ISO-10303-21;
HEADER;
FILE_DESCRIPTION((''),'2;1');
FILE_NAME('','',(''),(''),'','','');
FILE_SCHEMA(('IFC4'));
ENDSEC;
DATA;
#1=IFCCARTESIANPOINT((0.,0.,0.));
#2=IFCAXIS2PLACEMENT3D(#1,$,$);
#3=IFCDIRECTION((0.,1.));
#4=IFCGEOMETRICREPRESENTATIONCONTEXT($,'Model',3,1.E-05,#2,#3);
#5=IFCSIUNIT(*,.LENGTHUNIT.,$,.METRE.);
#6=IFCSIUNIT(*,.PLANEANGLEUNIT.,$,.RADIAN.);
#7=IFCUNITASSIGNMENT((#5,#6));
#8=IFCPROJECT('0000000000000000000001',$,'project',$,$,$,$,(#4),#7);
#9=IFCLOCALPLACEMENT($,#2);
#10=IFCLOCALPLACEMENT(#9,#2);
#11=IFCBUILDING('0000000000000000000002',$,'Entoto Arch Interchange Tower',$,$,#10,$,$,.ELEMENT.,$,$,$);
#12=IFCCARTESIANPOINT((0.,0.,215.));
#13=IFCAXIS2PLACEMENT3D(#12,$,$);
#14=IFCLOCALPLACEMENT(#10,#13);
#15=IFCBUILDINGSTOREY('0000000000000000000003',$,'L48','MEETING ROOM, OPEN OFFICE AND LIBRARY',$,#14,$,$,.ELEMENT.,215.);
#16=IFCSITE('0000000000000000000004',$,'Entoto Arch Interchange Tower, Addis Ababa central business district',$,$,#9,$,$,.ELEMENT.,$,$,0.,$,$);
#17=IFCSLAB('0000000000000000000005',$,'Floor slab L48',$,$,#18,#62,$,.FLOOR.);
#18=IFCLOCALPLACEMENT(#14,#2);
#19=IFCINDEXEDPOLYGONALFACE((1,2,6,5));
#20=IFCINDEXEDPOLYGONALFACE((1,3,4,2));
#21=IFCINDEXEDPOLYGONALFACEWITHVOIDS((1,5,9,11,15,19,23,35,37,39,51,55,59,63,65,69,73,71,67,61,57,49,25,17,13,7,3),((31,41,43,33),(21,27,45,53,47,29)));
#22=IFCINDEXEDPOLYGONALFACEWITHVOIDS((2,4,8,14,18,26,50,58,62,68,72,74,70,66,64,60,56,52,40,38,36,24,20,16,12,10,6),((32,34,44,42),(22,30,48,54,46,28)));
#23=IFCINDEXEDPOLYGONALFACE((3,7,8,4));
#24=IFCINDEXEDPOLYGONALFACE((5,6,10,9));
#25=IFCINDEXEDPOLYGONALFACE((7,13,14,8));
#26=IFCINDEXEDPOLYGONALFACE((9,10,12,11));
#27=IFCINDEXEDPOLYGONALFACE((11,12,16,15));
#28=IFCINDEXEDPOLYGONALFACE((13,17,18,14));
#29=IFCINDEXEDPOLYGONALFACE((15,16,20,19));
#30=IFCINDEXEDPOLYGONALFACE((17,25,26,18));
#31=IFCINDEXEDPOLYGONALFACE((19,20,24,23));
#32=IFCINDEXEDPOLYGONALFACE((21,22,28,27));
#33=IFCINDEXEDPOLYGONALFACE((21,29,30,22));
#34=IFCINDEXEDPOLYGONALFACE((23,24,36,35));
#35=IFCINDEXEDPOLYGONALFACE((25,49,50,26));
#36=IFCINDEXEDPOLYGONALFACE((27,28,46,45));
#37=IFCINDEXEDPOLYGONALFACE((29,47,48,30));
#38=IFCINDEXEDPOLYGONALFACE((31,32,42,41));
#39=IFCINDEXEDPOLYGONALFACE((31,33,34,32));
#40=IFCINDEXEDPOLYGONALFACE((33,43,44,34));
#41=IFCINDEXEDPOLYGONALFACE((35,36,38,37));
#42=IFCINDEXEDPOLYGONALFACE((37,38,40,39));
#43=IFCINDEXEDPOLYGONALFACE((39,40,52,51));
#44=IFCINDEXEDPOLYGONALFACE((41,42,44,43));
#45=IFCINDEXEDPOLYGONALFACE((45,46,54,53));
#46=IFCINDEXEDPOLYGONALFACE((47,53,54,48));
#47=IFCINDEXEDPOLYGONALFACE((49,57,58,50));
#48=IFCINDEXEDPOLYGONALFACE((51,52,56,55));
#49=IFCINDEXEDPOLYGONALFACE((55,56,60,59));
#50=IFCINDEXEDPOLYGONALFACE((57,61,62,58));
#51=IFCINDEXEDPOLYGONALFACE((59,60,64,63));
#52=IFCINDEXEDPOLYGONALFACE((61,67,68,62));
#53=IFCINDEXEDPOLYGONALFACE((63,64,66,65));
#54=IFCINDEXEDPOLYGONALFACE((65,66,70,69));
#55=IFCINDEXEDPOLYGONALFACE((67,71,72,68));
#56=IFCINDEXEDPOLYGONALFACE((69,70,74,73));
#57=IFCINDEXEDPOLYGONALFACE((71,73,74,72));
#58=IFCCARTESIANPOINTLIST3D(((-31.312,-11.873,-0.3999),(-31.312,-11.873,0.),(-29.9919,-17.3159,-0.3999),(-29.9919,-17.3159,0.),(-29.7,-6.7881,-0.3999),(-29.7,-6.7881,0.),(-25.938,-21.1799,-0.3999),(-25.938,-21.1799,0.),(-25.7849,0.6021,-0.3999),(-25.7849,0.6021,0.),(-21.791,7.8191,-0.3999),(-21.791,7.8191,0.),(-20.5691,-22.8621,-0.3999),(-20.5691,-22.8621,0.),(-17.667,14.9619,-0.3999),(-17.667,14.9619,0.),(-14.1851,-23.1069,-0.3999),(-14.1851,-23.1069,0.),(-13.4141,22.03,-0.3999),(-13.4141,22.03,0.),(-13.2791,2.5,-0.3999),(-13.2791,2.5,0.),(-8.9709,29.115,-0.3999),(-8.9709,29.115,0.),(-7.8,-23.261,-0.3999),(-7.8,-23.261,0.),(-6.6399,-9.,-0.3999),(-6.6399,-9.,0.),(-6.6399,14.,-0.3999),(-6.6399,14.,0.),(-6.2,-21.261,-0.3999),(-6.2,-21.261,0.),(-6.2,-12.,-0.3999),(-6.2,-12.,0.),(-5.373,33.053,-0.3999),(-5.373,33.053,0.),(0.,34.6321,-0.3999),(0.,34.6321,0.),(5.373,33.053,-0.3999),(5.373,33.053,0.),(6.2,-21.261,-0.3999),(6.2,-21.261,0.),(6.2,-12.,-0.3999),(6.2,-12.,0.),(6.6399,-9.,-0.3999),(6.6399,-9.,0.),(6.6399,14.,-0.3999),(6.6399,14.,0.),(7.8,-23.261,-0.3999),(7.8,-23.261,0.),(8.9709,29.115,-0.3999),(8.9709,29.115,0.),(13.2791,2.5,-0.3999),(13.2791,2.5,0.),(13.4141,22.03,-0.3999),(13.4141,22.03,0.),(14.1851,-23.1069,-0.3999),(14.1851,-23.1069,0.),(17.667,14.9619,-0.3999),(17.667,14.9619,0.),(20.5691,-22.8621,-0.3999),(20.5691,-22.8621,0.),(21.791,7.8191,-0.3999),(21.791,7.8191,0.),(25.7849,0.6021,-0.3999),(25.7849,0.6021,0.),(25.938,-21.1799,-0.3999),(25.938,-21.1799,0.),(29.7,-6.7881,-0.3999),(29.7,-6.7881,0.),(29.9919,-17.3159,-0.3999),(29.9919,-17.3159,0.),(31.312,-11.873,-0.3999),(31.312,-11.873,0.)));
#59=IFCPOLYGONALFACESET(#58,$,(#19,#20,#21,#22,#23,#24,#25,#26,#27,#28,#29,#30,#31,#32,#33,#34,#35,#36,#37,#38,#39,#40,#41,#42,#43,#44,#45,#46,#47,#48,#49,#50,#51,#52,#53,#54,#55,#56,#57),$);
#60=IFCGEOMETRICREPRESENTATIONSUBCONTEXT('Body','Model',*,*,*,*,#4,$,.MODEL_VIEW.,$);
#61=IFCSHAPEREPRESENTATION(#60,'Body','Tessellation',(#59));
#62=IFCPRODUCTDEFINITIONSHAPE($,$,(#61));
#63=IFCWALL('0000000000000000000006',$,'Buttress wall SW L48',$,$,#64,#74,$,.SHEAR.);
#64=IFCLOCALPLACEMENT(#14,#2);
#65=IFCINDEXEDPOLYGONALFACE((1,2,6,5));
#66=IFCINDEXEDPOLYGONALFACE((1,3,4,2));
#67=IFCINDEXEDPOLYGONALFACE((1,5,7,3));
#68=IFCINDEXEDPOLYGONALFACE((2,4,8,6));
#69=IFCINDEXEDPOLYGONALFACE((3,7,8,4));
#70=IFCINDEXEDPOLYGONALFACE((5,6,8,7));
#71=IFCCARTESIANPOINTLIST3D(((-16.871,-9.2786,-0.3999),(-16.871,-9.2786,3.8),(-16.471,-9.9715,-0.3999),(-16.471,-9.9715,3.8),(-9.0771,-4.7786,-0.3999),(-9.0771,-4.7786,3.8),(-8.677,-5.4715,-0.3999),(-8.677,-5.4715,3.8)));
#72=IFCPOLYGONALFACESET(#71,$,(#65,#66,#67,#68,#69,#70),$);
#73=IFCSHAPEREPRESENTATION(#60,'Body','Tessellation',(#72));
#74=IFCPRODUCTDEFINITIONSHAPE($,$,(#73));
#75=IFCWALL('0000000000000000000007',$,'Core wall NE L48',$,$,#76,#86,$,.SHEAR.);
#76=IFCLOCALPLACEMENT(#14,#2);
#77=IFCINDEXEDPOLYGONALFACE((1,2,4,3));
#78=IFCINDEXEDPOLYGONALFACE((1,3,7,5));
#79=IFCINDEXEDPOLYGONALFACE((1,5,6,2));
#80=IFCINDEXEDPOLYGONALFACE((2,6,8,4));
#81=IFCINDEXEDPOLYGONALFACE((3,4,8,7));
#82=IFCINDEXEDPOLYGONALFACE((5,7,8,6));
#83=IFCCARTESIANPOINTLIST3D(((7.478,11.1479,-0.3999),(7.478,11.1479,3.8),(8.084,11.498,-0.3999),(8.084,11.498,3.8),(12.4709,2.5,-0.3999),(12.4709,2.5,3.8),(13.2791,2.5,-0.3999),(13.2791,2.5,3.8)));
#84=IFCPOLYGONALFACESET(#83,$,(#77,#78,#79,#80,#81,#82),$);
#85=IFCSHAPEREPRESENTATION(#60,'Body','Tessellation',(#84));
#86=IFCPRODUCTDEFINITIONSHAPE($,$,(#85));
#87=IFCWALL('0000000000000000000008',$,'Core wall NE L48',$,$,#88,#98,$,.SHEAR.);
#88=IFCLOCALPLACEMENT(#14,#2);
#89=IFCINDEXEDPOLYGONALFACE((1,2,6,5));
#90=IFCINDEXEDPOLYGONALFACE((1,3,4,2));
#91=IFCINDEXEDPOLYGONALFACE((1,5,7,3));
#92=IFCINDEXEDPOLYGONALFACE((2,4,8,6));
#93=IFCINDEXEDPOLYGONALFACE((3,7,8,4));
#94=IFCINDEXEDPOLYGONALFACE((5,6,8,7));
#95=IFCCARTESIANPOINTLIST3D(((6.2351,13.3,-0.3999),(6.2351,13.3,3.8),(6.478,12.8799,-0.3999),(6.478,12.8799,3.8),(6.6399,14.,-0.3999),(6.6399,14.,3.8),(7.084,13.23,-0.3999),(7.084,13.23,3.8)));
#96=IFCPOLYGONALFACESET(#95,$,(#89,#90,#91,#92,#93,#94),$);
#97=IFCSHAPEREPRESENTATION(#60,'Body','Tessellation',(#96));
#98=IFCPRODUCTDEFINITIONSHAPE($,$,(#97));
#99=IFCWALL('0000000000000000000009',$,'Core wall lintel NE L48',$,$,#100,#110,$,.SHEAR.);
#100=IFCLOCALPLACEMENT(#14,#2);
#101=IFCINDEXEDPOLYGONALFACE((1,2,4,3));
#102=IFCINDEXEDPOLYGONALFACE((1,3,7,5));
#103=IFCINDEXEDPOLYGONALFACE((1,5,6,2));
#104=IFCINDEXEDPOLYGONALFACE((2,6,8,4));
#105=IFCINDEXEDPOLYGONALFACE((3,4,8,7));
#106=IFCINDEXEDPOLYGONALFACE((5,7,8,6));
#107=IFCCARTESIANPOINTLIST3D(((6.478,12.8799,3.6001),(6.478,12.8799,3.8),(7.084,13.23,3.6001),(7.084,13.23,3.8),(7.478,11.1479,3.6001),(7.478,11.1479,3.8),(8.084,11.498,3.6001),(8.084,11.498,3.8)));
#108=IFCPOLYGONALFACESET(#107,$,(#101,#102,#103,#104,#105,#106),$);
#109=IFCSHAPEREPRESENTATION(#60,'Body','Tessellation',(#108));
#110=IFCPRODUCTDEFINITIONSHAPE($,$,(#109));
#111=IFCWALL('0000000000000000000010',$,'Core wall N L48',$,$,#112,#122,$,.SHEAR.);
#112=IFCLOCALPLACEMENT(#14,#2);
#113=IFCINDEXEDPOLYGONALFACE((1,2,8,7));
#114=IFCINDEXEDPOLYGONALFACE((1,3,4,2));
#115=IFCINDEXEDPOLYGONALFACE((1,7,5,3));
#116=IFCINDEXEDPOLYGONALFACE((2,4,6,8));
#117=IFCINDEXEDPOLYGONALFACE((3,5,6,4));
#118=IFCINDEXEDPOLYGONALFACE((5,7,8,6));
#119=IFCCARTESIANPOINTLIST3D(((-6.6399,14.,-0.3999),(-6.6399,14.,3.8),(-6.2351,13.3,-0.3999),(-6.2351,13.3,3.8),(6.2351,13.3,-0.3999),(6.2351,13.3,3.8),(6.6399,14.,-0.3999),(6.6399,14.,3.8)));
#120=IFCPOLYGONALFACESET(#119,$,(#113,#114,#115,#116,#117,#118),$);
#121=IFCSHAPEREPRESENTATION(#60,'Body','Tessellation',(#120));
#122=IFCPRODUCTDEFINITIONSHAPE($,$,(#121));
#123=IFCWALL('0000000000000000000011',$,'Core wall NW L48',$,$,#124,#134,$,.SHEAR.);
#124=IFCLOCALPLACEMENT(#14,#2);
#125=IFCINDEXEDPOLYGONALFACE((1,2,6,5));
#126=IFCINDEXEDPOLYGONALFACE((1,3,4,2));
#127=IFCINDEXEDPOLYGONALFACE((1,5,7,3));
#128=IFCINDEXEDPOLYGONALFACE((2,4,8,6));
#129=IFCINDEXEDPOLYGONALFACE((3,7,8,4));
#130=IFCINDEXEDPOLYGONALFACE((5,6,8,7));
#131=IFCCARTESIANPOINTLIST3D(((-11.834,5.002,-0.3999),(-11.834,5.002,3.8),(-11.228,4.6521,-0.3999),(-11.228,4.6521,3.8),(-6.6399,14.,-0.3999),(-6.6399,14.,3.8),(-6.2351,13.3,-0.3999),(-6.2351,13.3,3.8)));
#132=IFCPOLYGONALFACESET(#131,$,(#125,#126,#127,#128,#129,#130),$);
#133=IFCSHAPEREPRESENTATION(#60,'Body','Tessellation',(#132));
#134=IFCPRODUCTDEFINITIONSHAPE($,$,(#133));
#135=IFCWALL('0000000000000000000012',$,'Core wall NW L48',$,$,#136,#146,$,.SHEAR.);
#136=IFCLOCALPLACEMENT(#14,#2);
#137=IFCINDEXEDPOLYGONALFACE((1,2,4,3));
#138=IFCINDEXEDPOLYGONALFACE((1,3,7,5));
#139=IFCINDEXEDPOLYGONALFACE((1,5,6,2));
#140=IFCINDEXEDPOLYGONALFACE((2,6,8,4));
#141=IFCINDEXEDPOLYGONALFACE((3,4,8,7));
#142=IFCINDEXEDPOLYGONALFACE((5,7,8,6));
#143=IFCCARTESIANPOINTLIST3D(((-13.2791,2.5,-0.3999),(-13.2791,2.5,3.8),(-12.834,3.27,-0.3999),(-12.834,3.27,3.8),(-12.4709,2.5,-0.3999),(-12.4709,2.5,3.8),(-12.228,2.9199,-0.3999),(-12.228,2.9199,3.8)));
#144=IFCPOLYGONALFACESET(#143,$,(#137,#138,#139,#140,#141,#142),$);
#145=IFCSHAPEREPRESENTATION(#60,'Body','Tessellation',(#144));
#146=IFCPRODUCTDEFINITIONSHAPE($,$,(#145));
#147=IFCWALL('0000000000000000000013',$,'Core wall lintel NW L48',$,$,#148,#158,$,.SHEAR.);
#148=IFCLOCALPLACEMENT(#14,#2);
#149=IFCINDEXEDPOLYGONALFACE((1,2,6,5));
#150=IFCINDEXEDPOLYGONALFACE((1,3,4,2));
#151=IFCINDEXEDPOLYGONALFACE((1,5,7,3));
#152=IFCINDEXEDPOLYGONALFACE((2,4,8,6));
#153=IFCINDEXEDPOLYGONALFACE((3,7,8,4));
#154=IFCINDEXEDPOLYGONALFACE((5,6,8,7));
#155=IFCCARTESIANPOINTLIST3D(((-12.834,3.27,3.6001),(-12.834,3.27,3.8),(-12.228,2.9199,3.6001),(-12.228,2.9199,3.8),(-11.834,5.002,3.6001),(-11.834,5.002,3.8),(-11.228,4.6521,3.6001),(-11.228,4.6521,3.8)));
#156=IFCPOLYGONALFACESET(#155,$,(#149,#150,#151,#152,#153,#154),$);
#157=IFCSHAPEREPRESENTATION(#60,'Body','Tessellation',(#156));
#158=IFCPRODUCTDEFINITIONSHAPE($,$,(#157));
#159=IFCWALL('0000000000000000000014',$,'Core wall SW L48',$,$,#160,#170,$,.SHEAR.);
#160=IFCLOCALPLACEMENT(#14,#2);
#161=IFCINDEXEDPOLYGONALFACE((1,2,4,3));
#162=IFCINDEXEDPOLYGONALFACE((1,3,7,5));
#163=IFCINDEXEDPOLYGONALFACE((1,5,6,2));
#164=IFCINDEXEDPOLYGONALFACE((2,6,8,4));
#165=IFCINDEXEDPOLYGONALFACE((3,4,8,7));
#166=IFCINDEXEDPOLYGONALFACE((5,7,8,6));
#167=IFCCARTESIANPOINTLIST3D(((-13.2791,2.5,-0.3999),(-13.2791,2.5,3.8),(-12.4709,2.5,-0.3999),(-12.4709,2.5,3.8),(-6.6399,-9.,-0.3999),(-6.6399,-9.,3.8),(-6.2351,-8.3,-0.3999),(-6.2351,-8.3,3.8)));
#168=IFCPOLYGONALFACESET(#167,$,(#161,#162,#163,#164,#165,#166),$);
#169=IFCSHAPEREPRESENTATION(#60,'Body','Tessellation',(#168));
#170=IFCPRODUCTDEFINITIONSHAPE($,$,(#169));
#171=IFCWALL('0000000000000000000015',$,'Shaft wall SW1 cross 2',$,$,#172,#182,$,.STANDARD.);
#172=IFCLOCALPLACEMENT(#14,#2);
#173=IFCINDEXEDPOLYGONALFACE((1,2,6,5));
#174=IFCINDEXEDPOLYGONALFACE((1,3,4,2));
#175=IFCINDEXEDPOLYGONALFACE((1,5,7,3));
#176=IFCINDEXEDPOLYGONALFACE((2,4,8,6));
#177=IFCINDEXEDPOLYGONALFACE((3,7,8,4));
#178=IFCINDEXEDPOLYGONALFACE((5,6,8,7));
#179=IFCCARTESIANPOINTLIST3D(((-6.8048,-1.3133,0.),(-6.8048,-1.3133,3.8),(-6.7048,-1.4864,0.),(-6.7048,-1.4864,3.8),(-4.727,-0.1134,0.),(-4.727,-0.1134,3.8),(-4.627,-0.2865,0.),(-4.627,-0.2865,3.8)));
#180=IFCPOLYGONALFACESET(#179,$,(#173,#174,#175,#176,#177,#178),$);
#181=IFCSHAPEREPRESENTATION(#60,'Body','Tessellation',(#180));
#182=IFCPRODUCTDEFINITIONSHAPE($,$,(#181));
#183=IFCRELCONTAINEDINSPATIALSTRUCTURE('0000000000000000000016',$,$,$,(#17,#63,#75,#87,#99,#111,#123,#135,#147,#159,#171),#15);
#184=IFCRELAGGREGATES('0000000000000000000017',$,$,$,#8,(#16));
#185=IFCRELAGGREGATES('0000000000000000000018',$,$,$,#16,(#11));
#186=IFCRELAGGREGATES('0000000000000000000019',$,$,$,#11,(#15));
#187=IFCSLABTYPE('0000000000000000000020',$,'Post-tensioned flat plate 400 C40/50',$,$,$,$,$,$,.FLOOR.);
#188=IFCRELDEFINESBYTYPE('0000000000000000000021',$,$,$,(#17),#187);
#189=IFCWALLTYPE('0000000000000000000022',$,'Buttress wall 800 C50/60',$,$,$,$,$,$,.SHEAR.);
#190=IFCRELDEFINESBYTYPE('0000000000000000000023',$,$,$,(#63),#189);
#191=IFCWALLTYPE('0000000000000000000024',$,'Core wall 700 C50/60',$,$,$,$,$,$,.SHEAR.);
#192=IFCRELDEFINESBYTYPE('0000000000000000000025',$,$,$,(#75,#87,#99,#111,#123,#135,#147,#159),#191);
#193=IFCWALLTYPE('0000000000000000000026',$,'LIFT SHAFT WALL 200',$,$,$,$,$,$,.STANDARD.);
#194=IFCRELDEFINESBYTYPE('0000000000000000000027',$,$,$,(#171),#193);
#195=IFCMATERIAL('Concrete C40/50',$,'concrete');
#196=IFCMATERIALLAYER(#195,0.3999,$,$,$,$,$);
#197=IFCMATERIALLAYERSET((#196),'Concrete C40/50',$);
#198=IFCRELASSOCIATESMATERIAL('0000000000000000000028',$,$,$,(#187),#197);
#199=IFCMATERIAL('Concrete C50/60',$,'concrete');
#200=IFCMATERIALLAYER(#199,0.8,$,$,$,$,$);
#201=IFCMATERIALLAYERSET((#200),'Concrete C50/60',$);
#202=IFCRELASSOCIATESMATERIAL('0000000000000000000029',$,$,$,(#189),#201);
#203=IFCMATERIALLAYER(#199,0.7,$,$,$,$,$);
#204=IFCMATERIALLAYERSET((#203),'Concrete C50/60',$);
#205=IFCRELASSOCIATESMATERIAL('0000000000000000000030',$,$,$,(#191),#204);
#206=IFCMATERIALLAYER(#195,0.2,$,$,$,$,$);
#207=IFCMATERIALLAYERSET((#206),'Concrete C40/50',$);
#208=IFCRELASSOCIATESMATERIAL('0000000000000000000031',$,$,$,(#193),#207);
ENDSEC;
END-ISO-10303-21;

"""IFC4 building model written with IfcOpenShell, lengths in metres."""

from ifc_helpers import new_model, si_unit, direction, frame, frame_2d, origin, place, context, subcontext, project, spatial, polyline, rectangle, outline, extrude, material, layer, layer_set, type_object, element, save


model = new_model("IFC4")

# Units and contexts
model_context = context("Model", 3, precision=1e-05, world=origin(), true_north=direction((0.0, 1.0)))
body_context = subcontext(model_context, "Body", "Model", "MODEL_VIEW")
ifc_project = project(units=[si_unit("LENGTHUNIT", "METRE"), si_unit("PLANEANGLEUNIT", "RADIAN")], contexts=[model_context])

# Site, building, storey
site_placement = place(None, origin())
site = spatial("IfcSite", under=ifc_project, at=site_placement, Name="Entoto Arch Interchange Tower, Addis Ababa central business district", CompositionType="ELEMENT", RefElevation=0.0)
building_placement = place(site_placement, origin())
building = spatial("IfcBuilding", under=site, at=building_placement, Name="Entoto Arch Interchange Tower", CompositionType="ELEMENT")
storey_placement = place(building_placement, frame((0.0, 0.0, 215.0)))
storey = spatial("IfcBuildingStorey", under=building, at=storey_placement, Name="L48", Description="MEETING ROOM, OPEN OFFICE AND LIBRARY", CompositionType="ELEMENT", Elevation=215.0)

# Slab
ifc_material_1 = material(Name="Concrete C40/50", Category="concrete")
ifc_layer_1 = layer(ifc_material_1, 0.3999)
ifc_layer_set_1 = layer_set([ifc_layer_1], Name="Concrete C40/50")
slab_type = type_object("IfcSlabType", Name="Post-tensioned flat plate 400 C40/50", PredefinedType="FLOOR", material=ifc_layer_set_1)
slab_placement = place(storey_placement, frame((0.0, 0.0, -0.3999)))
element("IfcSlab", 1, at=slab_placement, inside=storey, type_object=slab_type, Name="Floor slab L48", PredefinedType="FLOOR", context=body_context, shape_type="SweptSolid", body=[
    extrude(outline(polyline([(-20.5691, -22.8621), (-14.1851, -23.1069), (-7.8, -23.261), (7.8, -23.261), (14.1851, -23.1069), (20.5691, -22.8621), (25.938, -21.1799), (29.9919, -17.3159), (31.312, -11.873), (29.7, -6.7881), (25.7849, 0.6021), (21.791, 7.8191), (17.667, 14.9619), (13.4141, 22.03), (8.9709, 29.115), (5.373, 33.053), (0.0, 34.6321), (-5.373, 33.053), (-8.9709, 29.115), (-13.4141, 22.03), (-17.667, 14.9619), (-21.791, 7.8191), (-25.7849, 0.6021), (-29.7, -6.7881), (-31.312, -11.873), (-29.9919, -17.3159), (-25.938, -21.1799), (-20.5691, -22.8621)]), holes=[polyline([(6.2, -21.261), (6.2, -12.0), (-6.2, -12.0), (-6.2, -21.261), (6.2, -21.261)]), polyline([(13.2791, 2.5), (6.6399, 14.0), (-6.6399, 14.0), (-13.2791, 2.5), (-6.6399, -9.0), (6.6399, -9.0), (13.2791, 2.5)])]), origin(), (0.0, 0.0, 1.0), 0.3999),
])

# Walls
ifc_material_2 = material(Name="Concrete C50/60", Category="concrete")
ifc_layer_2 = layer(ifc_material_2, 0.8)
ifc_layer_set_2 = layer_set([ifc_layer_2], Name="Concrete C50/60")
wall_type_1 = type_object("IfcWallType", Name="Buttress wall 800 C50/60", PredefinedType="SHEAR", material=ifc_layer_set_2)
wall_1_placement = place(storey_placement, frame((-8.877, -5.125, -0.3999), z_axis=(0.0, 0.0, 1.0), x_axis=(-0.866018, -0.500014, 0.0)))
element("IfcWall", 2, at=wall_1_placement, inside=storey, type_object=wall_type_1, Name="Buttress wall SW L48", PredefinedType="SHEAR", context=body_context, shape_type="SweptSolid", body=[
    extrude(rectangle(XDim=8.9998, YDim=0.8, at=frame_2d((4.5, 0.0))), origin(), (0.0, 0.0, 1.0), 4.2),
])
ifc_layer_3 = layer(ifc_material_2, 0.7)
ifc_layer_set_3 = layer_set([ifc_layer_3], Name="Concrete C50/60")
wall_type_2 = type_object("IfcWallType", Name="Core wall 700 C50/60", PredefinedType="SHEAR", material=ifc_layer_set_3)
wall_2_placement = place(storey_placement, frame((0.0, 0.0, -0.3999)))
element("IfcWall", 3, at=wall_2_placement, inside=storey, type_object=wall_type_2, Name="Core wall NE L48", PredefinedType="SHEAR", context=body_context, shape_type="SweptSolid", body=[
    extrude(outline(polyline([(8.084, 11.498), (7.478, 11.1479), (12.4709, 2.5), (13.2791, 2.5), (8.084, 11.498)])), origin(), (0.0, 0.0, 1.0), 4.2),
])
wall_3_placement = place(storey_placement, frame((0.0, 0.0, -0.3999)))
element("IfcWall", 4, at=wall_3_placement, inside=storey, type_object=wall_type_2, Name="Core wall NE L48", PredefinedType="SHEAR", context=body_context, shape_type="SweptSolid", body=[
    extrude(outline(polyline([(6.478, 12.8799), (7.084, 13.23), (6.6399, 14.0), (6.2351, 13.3), (6.478, 12.8799)])), origin(), (0.0, 0.0, 1.0), 4.2),
])
wall_4_placement = place(storey_placement, frame((0.0, 0.0, 3.6001)))
element("IfcWall", 5, at=wall_4_placement, inside=storey, type_object=wall_type_2, Name="Core wall lintel NE L48", PredefinedType="SHEAR", context=body_context, shape_type="SweptSolid", body=[
    extrude(outline(polyline([(7.084, 13.23), (6.478, 12.8799), (7.478, 11.1479), (8.084, 11.498), (7.084, 13.23)])), origin(), (0.0, 0.0, 1.0), 0.2),
])
wall_5_placement = place(storey_placement, frame((0.0, 0.0, -0.3999)))
element("IfcWall", 6, at=wall_5_placement, inside=storey, type_object=wall_type_2, Name="Core wall N L48", PredefinedType="SHEAR", context=body_context, shape_type="SweptSolid", body=[
    extrude(outline(polyline([(6.6399, 14.0), (-6.6399, 14.0), (-6.2351, 13.3), (6.2351, 13.3), (6.6399, 14.0)])), origin(), (0.0, 0.0, 1.0), 4.2),
])
wall_6_placement = place(storey_placement, frame((0.0, 0.0, -0.3999)))
element("IfcWall", 7, at=wall_6_placement, inside=storey, type_object=wall_type_2, Name="Core wall NW L48", PredefinedType="SHEAR", context=body_context, shape_type="SweptSolid", body=[
    extrude(outline(polyline([(-11.834, 5.002), (-11.228, 4.6521), (-6.2351, 13.3), (-6.6399, 14.0), (-11.834, 5.002)])), origin(), (0.0, 0.0, 1.0), 4.2),
])
wall_7_placement = place(storey_placement, frame((0.0, 0.0, -0.3999)))
element("IfcWall", 8, at=wall_7_placement, inside=storey, type_object=wall_type_2, Name="Core wall NW L48", PredefinedType="SHEAR", context=body_context, shape_type="SweptSolid", body=[
    extrude(outline(polyline([(-12.228, 2.9199), (-12.834, 3.27), (-13.2791, 2.5), (-12.4709, 2.5), (-12.228, 2.9199)])), origin(), (0.0, 0.0, 1.0), 4.2),
])
wall_8_placement = place(storey_placement, frame((0.0, 0.0, 3.6001)))
element("IfcWall", 9, at=wall_8_placement, inside=storey, type_object=wall_type_2, Name="Core wall lintel NW L48", PredefinedType="SHEAR", context=body_context, shape_type="SweptSolid", body=[
    extrude(outline(polyline([(-12.834, 3.27), (-12.228, 2.9199), (-11.228, 4.6521), (-11.834, 5.002), (-12.834, 3.27)])), origin(), (0.0, 0.0, 1.0), 0.2),
])
wall_9_placement = place(storey_placement, frame((0.0, 0.0, -0.3999)))
element("IfcWall", 10, at=wall_9_placement, inside=storey, type_object=wall_type_2, Name="Core wall SW L48", PredefinedType="SHEAR", context=body_context, shape_type="SweptSolid", body=[
    extrude(outline(polyline([(-13.2791, 2.5), (-6.6399, -9.0), (-6.2351, -8.3), (-12.4709, 2.5), (-13.2791, 2.5)])), origin(), (0.0, 0.0, 1.0), 4.2),
])
ifc_layer_4 = layer(ifc_material_1, 0.2)
ifc_layer_set_4 = layer_set([ifc_layer_4], Name="Concrete C40/50")
wall_type_3 = type_object("IfcWallType", Name="LIFT SHAFT WALL 200", PredefinedType="STANDARD", material=ifc_layer_set_4)
wall_10_placement = place(storey_placement, frame((-4.677, -0.2, 0.0), z_axis=(0.0, 0.0, 1.0), x_axis=(-0.865974, -0.500089, 0.0)))
element("IfcWall", 11, at=wall_10_placement, inside=storey, type_object=wall_type_3, Name="Shaft wall SW1 cross 2", PredefinedType="STANDARD", context=body_context, shape_type="SweptSolid", body=[
    extrude(rectangle(XDim=2.3994, YDim=0.2, at=frame_2d((1.1997, 0.0))), origin(), (0.0, 0.0, 1.0), 3.8),
])

save(model, "model.ifc")
